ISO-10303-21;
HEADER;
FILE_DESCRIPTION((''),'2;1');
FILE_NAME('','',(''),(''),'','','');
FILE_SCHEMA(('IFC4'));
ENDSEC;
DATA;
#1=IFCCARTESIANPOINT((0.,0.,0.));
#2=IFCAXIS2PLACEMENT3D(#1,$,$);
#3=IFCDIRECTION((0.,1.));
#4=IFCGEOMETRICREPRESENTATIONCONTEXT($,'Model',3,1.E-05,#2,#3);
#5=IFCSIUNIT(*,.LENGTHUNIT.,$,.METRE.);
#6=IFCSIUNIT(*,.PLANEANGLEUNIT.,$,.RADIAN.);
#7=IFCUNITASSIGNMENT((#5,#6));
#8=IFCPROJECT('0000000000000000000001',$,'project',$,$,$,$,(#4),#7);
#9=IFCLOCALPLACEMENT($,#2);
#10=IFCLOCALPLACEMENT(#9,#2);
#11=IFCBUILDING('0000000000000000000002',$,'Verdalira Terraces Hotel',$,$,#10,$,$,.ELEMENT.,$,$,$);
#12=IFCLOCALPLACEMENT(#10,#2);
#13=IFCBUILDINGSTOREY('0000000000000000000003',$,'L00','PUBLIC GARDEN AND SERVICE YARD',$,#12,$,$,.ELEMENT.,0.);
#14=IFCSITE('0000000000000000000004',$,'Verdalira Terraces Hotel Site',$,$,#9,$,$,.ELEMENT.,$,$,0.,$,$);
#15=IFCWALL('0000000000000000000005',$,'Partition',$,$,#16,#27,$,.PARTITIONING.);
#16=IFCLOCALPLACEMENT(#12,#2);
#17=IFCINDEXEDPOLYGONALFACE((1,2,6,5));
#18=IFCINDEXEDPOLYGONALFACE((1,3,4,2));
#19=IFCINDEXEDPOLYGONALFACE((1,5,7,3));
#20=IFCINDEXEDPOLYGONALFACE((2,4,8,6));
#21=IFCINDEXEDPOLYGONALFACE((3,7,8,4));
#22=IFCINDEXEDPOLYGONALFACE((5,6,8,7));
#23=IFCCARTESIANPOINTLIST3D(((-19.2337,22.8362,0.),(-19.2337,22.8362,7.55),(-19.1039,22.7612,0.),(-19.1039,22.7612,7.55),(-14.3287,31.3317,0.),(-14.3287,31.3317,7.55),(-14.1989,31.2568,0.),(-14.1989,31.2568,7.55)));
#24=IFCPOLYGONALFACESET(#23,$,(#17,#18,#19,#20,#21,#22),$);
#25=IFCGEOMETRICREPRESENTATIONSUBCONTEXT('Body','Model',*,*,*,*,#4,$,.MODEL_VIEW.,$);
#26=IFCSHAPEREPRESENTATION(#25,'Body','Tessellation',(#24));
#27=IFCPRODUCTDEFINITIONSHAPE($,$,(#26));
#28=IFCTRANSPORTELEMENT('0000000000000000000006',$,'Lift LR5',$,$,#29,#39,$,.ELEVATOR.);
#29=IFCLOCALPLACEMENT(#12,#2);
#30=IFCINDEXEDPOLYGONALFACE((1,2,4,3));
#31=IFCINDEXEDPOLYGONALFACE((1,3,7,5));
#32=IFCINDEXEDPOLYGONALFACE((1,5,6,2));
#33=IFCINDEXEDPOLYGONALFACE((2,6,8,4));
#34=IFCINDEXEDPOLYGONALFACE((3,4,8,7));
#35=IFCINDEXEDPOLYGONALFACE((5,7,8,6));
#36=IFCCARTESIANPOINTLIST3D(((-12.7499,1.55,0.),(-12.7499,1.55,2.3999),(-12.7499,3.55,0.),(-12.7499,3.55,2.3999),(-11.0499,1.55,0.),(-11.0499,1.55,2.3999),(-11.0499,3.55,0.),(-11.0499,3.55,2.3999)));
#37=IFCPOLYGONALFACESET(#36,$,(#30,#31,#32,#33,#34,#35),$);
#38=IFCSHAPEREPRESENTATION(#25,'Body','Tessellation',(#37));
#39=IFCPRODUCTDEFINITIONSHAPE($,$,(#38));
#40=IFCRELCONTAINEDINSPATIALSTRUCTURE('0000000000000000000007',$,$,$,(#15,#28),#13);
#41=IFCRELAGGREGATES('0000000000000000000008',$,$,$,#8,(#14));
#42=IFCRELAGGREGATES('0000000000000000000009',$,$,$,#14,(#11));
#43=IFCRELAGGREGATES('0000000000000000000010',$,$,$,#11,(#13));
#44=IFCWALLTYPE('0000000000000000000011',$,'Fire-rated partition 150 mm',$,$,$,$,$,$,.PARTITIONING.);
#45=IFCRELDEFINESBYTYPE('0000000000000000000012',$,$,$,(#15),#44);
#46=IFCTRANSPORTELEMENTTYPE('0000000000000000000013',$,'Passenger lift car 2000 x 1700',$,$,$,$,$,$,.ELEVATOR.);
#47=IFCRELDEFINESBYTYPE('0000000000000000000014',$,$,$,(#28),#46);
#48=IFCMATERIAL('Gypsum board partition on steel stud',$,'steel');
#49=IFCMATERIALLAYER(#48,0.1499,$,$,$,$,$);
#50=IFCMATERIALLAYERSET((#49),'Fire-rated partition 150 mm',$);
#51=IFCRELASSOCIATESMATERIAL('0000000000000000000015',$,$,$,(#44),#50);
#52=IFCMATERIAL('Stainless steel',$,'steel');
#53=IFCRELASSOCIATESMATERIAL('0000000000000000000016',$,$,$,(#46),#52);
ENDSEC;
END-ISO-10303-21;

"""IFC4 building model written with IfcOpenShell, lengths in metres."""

from ifc_helpers import new_model, si_unit, direction, frame, frame_2d, origin, origin_2d, place, context, subcontext, project, spatial, rectangle, extrude, material, layer, layer_set, type_object, element, save


model = new_model("IFC4")

# Units and contexts
model_context = context("Model", 3, precision=1e-05, world=origin(), true_north=direction((0.0, 1.0)))
body_context = subcontext(model_context, "Body", "Model", "MODEL_VIEW")
ifc_project = project(units=[si_unit("LENGTHUNIT", "METRE"), si_unit("PLANEANGLEUNIT", "RADIAN")], contexts=[model_context])

# Site, building, storey
site_placement = place(None, origin())
site = spatial("IfcSite", under=ifc_project, at=site_placement, Name="Verdalira Terraces Hotel Site", CompositionType="ELEMENT", RefElevation=0.0)
building_placement = place(site_placement, origin())
building = spatial("IfcBuilding", under=site, at=building_placement, Name="Verdalira Terraces Hotel", CompositionType="ELEMENT")
storey_placement = place(building_placement, origin())
storey = spatial("IfcBuildingStorey", under=building, at=storey_placement, Name="L00", Description="PUBLIC GARDEN AND SERVICE YARD", CompositionType="ELEMENT", Elevation=0.0)

# Wall
ifc_material_1 = material(Name="Gypsum board partition on steel stud", Category="steel")
ifc_layer_1 = layer(ifc_material_1, 0.1499)
ifc_layer_set_1 = layer_set([ifc_layer_1], Name="Fire-rated partition 150 mm")
wall_type_1 = type_object("IfcWallType", Name="Fire-rated partition 150 mm", PredefinedType="PARTITIONING", material=ifc_layer_set_1)
wall_1_placement = place(storey_placement, frame((-19.1687, 22.7988, 0.0), z_axis=(0.0, 0.0, 1.0), x_axis=(0.500007, 0.866021, 0.0)))
element("IfcWall", 1, at=wall_1_placement, inside=storey, type_object=wall_type_1, Name="Partition", PredefinedType="PARTITIONING", context=body_context, shape_type="SweptSolid", body=[
    extrude(rectangle(XDim=9.8098, YDim=0.1499, at=frame_2d((4.9048, 0.0))), origin(), (0.0, 0.0, 1.0), 7.55),
])

# Transport element
ifc_material_2 = material(Name="Stainless steel", Category="steel")
transport_element_type = type_object("IfcTransportElementType", Name="Passenger lift car 2000 x 1700", PredefinedType="ELEVATOR", material=ifc_material_2)
transport_element_placement = place(storey_placement, frame((-11.8999, 2.55, 0.0), z_axis=(0.0, 0.0, 1.0), x_axis=(0.0, -1.0, 0.0)))
element("IfcTransportElement", 2, at=transport_element_placement, inside=storey, type_object=transport_element_type, Name="Lift LR5", PredefinedType="ELEVATOR", context=body_context, shape_type="SweptSolid", body=[
    extrude(rectangle(XDim=2.0, YDim=1.7, at=origin_2d()), origin(), (0.0, 0.0, 1.0), 2.3999),
])

save(model, "model.ifc")
